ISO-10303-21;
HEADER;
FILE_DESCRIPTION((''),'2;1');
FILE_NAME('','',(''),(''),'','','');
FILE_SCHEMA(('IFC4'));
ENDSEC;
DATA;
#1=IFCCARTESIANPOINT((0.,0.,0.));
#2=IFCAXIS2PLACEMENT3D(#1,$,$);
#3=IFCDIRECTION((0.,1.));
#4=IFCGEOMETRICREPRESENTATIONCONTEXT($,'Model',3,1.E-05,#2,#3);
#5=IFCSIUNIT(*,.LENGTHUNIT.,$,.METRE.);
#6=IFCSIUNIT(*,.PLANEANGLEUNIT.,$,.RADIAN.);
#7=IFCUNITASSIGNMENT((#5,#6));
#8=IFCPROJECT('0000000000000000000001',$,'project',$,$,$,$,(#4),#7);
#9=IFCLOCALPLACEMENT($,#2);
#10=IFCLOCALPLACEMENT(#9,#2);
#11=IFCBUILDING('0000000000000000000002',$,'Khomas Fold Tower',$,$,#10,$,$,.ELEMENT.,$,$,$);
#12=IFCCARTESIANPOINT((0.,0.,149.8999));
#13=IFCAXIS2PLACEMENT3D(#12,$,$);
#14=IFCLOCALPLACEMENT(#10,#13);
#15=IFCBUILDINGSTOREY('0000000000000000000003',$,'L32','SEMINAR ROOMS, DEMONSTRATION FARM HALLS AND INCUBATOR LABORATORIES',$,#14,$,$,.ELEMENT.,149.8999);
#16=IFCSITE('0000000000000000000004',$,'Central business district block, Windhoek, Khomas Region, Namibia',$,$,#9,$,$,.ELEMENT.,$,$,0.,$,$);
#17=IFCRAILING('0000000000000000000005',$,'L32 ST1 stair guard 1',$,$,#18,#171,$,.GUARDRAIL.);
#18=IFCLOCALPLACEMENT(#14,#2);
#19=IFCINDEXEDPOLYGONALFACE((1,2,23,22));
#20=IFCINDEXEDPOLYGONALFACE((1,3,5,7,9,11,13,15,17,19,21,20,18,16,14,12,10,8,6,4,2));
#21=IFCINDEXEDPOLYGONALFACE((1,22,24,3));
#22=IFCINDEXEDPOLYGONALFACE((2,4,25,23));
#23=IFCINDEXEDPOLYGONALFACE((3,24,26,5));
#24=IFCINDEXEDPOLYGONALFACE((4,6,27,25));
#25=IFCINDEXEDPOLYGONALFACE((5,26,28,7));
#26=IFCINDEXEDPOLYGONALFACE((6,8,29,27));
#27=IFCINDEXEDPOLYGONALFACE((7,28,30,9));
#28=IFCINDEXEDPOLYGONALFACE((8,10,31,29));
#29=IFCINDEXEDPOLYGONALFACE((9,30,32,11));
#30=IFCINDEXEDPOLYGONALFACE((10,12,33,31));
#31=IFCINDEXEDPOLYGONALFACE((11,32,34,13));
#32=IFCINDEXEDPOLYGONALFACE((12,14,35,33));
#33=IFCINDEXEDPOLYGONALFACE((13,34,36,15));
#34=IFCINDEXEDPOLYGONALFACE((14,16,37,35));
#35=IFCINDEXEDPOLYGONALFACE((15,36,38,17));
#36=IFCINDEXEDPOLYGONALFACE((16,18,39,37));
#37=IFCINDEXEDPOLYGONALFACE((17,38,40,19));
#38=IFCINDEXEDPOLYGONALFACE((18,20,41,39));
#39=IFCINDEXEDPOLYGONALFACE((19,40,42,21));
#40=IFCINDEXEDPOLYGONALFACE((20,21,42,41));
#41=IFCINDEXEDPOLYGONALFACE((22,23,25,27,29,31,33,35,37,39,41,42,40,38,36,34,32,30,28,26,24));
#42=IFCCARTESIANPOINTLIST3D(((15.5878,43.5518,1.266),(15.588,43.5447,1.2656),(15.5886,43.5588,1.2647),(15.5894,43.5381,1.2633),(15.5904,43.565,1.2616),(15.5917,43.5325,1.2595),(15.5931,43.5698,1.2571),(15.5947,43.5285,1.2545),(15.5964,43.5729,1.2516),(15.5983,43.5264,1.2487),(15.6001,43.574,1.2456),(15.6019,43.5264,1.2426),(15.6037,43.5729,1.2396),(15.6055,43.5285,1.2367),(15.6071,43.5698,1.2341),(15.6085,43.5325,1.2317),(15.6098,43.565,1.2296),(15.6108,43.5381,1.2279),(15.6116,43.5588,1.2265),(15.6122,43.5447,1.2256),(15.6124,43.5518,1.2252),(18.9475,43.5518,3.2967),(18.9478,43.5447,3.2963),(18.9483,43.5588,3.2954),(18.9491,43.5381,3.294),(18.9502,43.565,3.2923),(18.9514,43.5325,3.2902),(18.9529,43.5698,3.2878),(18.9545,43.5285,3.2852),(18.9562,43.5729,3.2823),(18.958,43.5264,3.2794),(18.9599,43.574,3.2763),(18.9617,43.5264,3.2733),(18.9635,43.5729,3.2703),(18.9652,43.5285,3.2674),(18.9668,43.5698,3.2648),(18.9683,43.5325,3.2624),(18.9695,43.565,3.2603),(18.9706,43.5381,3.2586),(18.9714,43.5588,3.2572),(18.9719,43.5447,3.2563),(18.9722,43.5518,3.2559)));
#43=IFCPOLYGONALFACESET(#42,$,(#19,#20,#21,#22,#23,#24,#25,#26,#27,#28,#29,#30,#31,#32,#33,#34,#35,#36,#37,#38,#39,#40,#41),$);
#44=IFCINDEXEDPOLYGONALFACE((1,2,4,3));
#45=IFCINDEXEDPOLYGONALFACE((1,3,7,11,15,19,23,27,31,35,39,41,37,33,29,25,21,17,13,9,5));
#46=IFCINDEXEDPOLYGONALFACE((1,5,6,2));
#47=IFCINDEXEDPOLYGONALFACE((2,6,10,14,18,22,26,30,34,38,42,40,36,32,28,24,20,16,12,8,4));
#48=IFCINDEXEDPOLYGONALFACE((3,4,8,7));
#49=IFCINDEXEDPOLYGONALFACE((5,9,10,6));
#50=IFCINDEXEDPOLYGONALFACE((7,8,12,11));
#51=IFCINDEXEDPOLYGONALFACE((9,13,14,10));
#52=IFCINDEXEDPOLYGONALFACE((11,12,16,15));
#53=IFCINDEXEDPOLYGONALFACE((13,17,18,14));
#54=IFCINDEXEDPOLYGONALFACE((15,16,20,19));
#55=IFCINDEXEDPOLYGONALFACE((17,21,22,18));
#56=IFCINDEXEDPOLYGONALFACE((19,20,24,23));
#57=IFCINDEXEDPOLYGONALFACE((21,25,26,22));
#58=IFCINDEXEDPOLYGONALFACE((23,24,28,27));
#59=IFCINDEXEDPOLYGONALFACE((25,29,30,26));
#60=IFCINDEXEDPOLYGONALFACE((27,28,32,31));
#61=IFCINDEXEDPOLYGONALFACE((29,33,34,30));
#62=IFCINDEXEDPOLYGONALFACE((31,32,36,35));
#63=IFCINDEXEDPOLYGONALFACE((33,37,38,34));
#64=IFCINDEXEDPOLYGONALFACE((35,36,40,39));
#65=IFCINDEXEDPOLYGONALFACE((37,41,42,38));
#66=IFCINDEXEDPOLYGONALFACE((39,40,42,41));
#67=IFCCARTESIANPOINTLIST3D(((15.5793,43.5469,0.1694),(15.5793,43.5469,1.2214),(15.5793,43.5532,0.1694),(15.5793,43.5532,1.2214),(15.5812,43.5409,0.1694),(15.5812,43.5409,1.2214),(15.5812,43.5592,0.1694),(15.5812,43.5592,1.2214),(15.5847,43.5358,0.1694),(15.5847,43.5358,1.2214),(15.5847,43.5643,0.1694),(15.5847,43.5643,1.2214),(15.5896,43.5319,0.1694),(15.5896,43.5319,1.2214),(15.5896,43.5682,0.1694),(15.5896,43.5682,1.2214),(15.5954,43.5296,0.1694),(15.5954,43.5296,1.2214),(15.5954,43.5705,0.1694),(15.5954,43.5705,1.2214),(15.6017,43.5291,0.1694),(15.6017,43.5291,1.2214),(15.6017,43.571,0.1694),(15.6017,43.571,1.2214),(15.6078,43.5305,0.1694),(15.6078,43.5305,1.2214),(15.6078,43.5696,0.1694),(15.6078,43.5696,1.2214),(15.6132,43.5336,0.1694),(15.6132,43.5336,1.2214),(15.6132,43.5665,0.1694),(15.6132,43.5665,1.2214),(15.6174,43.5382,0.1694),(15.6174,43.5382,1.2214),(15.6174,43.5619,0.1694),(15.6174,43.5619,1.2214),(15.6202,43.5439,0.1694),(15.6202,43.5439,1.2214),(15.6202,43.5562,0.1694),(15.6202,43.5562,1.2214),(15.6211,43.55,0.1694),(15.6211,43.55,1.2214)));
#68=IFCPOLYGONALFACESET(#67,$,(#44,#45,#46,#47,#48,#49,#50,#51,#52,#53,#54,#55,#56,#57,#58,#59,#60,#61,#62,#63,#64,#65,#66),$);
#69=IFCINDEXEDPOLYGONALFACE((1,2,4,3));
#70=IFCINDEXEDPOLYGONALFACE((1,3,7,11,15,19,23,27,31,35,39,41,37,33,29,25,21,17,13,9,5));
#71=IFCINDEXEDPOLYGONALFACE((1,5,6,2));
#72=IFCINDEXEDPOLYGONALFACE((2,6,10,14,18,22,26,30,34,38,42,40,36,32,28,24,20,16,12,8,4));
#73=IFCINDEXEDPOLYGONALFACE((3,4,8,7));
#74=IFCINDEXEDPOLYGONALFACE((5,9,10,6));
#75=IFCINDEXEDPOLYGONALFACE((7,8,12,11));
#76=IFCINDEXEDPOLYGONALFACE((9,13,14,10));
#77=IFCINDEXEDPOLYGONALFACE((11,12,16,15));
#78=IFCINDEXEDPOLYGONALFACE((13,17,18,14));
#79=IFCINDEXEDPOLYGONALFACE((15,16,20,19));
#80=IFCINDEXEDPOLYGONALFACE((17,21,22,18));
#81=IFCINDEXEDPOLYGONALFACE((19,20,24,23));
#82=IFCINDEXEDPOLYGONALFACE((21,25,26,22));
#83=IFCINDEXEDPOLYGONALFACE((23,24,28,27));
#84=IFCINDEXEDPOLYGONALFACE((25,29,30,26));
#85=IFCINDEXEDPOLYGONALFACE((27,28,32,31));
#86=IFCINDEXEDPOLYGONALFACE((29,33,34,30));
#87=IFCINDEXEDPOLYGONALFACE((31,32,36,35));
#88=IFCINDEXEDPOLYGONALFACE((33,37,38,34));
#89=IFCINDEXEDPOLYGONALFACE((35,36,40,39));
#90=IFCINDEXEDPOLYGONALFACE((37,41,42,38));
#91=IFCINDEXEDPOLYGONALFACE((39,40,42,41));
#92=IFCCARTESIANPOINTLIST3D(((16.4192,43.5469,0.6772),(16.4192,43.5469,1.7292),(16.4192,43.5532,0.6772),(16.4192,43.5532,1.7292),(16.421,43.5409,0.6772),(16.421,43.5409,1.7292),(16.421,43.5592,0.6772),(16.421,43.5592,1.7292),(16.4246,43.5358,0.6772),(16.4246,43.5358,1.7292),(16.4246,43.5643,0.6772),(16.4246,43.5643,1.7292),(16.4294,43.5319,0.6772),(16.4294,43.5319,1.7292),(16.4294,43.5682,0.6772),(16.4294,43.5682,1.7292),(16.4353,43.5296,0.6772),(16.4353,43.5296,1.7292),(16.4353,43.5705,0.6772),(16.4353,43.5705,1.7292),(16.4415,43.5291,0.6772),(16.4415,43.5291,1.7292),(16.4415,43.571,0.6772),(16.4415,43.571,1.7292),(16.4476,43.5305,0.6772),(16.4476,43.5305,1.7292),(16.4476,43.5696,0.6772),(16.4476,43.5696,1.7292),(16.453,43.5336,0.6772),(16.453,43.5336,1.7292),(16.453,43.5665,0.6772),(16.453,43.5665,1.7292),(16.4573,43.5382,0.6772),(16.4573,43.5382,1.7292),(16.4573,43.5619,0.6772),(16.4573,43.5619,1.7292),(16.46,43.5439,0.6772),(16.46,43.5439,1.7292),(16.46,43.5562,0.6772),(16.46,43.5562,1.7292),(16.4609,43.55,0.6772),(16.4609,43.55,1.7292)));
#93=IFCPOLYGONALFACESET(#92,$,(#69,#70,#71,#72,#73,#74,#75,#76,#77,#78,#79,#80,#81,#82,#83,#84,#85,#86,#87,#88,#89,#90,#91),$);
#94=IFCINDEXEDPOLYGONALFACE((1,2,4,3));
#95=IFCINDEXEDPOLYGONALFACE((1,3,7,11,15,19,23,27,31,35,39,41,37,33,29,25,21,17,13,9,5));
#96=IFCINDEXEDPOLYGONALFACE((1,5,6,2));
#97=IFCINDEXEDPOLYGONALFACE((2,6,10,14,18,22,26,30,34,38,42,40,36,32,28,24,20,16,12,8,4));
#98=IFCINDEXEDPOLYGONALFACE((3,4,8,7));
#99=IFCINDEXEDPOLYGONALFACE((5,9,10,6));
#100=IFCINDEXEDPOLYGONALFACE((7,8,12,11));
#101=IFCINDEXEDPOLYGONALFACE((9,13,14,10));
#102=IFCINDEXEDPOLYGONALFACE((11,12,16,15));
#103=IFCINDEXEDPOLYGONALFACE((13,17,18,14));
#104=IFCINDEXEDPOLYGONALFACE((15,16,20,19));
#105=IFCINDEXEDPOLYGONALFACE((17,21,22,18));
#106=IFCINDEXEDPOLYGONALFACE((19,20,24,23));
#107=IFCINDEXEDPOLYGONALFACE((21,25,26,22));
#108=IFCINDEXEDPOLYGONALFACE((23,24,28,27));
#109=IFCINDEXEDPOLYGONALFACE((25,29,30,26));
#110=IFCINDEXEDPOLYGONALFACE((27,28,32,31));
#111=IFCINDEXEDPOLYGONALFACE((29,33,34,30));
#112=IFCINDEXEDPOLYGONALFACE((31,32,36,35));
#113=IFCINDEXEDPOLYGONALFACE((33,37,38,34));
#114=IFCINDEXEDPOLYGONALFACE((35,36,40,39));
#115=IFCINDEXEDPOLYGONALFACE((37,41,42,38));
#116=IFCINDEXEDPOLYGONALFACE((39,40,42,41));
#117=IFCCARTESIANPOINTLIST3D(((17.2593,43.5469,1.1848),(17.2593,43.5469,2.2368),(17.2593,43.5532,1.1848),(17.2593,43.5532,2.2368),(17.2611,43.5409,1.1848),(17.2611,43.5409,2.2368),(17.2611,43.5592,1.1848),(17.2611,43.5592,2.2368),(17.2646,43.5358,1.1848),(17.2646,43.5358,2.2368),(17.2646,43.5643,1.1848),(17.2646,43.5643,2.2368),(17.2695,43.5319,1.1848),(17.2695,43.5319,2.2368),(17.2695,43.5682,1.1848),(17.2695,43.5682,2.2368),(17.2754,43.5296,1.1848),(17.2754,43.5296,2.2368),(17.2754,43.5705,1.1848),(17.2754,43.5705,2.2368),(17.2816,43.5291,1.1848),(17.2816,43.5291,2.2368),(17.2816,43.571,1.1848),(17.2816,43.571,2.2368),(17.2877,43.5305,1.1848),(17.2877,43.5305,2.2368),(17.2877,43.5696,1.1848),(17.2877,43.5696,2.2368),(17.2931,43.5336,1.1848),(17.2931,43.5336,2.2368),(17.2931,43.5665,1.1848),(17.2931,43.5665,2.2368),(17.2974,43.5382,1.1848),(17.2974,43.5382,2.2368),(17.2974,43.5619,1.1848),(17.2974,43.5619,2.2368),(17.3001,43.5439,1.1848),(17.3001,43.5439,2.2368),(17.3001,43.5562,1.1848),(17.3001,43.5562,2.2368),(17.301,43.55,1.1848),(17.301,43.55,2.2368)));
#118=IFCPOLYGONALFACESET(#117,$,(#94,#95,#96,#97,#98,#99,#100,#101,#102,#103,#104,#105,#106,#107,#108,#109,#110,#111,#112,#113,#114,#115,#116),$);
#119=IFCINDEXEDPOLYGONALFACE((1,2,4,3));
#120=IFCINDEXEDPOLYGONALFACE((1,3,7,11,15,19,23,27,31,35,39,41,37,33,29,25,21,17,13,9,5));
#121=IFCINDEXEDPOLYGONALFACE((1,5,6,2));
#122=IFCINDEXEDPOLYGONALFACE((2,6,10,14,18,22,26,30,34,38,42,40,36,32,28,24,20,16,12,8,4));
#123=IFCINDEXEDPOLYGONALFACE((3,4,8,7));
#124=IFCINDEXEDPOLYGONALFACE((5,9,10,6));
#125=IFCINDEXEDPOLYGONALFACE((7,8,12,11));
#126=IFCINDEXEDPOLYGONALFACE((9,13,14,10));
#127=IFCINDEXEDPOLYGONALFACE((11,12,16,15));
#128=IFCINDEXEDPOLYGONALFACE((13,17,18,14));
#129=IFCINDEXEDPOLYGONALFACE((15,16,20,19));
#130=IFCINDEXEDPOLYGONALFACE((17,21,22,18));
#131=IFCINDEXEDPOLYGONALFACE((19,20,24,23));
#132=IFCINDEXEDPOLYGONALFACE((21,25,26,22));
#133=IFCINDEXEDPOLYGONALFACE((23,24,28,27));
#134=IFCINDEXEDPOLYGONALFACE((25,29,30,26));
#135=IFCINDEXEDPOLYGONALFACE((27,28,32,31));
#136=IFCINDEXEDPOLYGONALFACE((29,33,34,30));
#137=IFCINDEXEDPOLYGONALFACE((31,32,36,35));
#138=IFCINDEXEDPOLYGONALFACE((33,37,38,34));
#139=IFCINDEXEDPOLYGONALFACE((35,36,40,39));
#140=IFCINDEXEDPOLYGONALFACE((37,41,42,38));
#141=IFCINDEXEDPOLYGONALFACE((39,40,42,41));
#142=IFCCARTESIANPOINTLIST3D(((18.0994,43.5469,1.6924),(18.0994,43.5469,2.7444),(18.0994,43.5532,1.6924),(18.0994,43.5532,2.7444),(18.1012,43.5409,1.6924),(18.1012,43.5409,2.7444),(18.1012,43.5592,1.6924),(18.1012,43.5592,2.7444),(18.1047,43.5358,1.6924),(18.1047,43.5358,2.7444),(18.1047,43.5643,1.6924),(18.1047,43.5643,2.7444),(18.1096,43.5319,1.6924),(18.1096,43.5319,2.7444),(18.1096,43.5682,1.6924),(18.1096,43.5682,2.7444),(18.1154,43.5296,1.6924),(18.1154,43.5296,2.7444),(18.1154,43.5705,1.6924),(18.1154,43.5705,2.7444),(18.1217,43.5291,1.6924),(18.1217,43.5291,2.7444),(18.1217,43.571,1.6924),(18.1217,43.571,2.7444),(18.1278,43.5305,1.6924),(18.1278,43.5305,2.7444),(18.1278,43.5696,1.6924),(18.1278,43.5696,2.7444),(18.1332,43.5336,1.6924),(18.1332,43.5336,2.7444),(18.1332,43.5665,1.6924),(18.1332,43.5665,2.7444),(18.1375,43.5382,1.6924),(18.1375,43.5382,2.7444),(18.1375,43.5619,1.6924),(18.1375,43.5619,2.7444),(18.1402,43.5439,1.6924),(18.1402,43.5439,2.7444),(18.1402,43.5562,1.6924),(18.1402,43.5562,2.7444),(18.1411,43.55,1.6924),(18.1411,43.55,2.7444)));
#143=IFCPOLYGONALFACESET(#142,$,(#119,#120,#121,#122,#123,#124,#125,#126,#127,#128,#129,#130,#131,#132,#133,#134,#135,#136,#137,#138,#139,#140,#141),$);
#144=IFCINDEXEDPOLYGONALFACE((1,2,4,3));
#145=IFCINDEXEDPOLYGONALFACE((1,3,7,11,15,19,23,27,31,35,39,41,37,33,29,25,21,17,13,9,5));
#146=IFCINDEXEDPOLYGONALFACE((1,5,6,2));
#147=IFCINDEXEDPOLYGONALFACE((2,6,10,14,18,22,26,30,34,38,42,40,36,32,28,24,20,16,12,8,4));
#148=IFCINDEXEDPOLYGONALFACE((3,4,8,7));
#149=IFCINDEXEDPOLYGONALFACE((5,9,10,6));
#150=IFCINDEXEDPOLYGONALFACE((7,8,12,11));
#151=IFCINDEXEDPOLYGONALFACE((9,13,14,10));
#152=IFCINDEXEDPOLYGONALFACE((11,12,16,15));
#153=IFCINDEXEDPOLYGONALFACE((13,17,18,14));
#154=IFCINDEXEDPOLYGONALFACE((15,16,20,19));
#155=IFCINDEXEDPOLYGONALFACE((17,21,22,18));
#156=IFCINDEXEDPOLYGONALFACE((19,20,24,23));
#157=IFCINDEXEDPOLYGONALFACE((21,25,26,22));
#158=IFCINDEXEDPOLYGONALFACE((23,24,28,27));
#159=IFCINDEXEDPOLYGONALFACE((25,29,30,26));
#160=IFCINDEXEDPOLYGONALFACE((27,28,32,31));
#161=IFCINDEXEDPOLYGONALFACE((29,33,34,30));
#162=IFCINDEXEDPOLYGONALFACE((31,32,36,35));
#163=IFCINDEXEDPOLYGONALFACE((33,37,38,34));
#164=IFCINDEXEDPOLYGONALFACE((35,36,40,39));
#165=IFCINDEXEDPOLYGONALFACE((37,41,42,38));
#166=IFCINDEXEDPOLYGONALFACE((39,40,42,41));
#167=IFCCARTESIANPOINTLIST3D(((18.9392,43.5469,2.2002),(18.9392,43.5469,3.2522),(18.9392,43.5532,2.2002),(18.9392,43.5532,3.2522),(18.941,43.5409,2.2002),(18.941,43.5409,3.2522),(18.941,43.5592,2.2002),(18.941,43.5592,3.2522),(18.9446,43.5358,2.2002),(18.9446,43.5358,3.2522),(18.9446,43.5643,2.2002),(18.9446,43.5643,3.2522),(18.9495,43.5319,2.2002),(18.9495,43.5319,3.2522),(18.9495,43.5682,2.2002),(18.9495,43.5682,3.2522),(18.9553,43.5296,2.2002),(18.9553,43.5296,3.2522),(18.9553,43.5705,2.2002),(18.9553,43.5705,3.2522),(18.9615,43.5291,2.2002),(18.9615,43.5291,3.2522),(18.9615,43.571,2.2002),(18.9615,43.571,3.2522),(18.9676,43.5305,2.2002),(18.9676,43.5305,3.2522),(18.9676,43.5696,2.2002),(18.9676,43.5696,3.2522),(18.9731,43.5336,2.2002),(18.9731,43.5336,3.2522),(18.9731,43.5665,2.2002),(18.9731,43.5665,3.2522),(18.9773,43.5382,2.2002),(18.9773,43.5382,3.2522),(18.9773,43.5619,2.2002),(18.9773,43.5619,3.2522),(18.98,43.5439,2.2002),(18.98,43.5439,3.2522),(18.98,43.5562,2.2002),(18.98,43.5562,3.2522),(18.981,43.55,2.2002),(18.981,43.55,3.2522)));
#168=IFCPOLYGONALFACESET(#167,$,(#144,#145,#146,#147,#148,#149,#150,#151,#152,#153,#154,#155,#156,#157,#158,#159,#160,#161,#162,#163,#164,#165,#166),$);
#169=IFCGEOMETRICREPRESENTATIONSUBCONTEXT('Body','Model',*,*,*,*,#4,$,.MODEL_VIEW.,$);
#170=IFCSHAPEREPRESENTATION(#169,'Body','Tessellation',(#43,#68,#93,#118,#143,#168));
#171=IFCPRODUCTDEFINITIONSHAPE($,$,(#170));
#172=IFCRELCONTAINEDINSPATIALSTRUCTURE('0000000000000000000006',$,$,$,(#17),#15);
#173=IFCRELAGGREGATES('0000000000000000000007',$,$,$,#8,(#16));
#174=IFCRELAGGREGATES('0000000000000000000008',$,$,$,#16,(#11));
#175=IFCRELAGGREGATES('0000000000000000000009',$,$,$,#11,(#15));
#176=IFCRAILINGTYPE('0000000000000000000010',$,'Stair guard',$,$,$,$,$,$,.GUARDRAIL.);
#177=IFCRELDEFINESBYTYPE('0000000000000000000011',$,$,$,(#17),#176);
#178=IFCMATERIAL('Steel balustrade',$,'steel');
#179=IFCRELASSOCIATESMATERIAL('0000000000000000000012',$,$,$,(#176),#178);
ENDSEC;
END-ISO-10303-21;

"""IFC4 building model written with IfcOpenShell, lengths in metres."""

from ifc_helpers import new_model, si_unit, direction, frame, origin, origin_2d, place, context, subcontext, project, spatial, circle, extrude, source, transform, mapped, material, type_object, element, save


model = new_model("IFC4")

# Units and contexts
model_context = context("Model", 3, precision=1e-05, world=origin(), true_north=direction((0.0, 1.0)))
body_context = subcontext(model_context, "Body", "Model", "MODEL_VIEW")
ifc_project = project(units=[si_unit("LENGTHUNIT", "METRE"), si_unit("PLANEANGLEUNIT", "RADIAN")], contexts=[model_context])

# Site, building, storey
site_placement = place(None, origin())
site = spatial("IfcSite", under=ifc_project, at=site_placement, Name="Central business district block, Windhoek, Khomas Region, Namibia", CompositionType="ELEMENT", RefElevation=0.0)
building_placement = place(site_placement, origin())
building = spatial("IfcBuilding", under=site, at=building_placement, Name="Khomas Fold Tower", CompositionType="ELEMENT")
storey_placement = place(building_placement, frame((0.0, 0.0, 149.8999)))
storey = spatial("IfcBuildingStorey", under=building, at=storey_placement, Name="L32", Description="SEMINAR ROOMS, DEMONSTRATION FARM HALLS AND INCUBATOR LABORATORIES", CompositionType="ELEMENT", Elevation=149.8999)

# Railing
ifc_material_1 = material(Name="Steel balustrade", Category="steel")
railing_type_1 = type_object("IfcRailingType", Name="Stair guard", PredefinedType="GUARDRAIL", material=ifc_material_1)
shared_shape_1 = source(origin(), body_context, "Body", "SweptSolid", [
    extrude(circle(Radius=0.0239, at=origin_2d()), frame((0.0, 0.0, 1.0762), z_axis=(0.85582, 0.0, 0.517273), x_axis=(0.0, 1.0, 0.0)), (0.0, 0.0, 1.0), 3.9258),
    extrude(circle(Radius=0.021, at=origin_2d()), origin(), (0.0, 0.0, 1.0), 1.052),
    extrude(circle(Radius=0.021, at=origin_2d()), frame((0.8398, 0.0, 0.5078)), (0.0, 0.0, 1.0), 1.052),
    extrude(circle(Radius=0.021, at=origin_2d()), frame((1.6799, 0.0, 1.0154)), (0.0, 0.0, 1.0), 1.052),
    extrude(circle(Radius=0.021, at=origin_2d()), frame((2.52, 0.0, 1.5229)), (0.0, 0.0, 1.0), 1.052),
    extrude(circle(Radius=0.021, at=origin_2d()), frame((3.3599, 0.0, 2.0308)), (0.0, 0.0, 1.0), 1.052),
])
railing_1_placement = place(storey_placement, frame((15.6001, 43.55, 0.1694)))
element("IfcRailing", 1, at=railing_1_placement, inside=storey, type_object=railing_type_1, Name="L32 ST1 stair guard 1", PredefinedType="GUARDRAIL", context=body_context, shape_type="MappedRepresentation", body=[
    mapped(shared_shape_1, transform((0.0, 0.0, 0.0))),
])

save(model, "model.ifc")
